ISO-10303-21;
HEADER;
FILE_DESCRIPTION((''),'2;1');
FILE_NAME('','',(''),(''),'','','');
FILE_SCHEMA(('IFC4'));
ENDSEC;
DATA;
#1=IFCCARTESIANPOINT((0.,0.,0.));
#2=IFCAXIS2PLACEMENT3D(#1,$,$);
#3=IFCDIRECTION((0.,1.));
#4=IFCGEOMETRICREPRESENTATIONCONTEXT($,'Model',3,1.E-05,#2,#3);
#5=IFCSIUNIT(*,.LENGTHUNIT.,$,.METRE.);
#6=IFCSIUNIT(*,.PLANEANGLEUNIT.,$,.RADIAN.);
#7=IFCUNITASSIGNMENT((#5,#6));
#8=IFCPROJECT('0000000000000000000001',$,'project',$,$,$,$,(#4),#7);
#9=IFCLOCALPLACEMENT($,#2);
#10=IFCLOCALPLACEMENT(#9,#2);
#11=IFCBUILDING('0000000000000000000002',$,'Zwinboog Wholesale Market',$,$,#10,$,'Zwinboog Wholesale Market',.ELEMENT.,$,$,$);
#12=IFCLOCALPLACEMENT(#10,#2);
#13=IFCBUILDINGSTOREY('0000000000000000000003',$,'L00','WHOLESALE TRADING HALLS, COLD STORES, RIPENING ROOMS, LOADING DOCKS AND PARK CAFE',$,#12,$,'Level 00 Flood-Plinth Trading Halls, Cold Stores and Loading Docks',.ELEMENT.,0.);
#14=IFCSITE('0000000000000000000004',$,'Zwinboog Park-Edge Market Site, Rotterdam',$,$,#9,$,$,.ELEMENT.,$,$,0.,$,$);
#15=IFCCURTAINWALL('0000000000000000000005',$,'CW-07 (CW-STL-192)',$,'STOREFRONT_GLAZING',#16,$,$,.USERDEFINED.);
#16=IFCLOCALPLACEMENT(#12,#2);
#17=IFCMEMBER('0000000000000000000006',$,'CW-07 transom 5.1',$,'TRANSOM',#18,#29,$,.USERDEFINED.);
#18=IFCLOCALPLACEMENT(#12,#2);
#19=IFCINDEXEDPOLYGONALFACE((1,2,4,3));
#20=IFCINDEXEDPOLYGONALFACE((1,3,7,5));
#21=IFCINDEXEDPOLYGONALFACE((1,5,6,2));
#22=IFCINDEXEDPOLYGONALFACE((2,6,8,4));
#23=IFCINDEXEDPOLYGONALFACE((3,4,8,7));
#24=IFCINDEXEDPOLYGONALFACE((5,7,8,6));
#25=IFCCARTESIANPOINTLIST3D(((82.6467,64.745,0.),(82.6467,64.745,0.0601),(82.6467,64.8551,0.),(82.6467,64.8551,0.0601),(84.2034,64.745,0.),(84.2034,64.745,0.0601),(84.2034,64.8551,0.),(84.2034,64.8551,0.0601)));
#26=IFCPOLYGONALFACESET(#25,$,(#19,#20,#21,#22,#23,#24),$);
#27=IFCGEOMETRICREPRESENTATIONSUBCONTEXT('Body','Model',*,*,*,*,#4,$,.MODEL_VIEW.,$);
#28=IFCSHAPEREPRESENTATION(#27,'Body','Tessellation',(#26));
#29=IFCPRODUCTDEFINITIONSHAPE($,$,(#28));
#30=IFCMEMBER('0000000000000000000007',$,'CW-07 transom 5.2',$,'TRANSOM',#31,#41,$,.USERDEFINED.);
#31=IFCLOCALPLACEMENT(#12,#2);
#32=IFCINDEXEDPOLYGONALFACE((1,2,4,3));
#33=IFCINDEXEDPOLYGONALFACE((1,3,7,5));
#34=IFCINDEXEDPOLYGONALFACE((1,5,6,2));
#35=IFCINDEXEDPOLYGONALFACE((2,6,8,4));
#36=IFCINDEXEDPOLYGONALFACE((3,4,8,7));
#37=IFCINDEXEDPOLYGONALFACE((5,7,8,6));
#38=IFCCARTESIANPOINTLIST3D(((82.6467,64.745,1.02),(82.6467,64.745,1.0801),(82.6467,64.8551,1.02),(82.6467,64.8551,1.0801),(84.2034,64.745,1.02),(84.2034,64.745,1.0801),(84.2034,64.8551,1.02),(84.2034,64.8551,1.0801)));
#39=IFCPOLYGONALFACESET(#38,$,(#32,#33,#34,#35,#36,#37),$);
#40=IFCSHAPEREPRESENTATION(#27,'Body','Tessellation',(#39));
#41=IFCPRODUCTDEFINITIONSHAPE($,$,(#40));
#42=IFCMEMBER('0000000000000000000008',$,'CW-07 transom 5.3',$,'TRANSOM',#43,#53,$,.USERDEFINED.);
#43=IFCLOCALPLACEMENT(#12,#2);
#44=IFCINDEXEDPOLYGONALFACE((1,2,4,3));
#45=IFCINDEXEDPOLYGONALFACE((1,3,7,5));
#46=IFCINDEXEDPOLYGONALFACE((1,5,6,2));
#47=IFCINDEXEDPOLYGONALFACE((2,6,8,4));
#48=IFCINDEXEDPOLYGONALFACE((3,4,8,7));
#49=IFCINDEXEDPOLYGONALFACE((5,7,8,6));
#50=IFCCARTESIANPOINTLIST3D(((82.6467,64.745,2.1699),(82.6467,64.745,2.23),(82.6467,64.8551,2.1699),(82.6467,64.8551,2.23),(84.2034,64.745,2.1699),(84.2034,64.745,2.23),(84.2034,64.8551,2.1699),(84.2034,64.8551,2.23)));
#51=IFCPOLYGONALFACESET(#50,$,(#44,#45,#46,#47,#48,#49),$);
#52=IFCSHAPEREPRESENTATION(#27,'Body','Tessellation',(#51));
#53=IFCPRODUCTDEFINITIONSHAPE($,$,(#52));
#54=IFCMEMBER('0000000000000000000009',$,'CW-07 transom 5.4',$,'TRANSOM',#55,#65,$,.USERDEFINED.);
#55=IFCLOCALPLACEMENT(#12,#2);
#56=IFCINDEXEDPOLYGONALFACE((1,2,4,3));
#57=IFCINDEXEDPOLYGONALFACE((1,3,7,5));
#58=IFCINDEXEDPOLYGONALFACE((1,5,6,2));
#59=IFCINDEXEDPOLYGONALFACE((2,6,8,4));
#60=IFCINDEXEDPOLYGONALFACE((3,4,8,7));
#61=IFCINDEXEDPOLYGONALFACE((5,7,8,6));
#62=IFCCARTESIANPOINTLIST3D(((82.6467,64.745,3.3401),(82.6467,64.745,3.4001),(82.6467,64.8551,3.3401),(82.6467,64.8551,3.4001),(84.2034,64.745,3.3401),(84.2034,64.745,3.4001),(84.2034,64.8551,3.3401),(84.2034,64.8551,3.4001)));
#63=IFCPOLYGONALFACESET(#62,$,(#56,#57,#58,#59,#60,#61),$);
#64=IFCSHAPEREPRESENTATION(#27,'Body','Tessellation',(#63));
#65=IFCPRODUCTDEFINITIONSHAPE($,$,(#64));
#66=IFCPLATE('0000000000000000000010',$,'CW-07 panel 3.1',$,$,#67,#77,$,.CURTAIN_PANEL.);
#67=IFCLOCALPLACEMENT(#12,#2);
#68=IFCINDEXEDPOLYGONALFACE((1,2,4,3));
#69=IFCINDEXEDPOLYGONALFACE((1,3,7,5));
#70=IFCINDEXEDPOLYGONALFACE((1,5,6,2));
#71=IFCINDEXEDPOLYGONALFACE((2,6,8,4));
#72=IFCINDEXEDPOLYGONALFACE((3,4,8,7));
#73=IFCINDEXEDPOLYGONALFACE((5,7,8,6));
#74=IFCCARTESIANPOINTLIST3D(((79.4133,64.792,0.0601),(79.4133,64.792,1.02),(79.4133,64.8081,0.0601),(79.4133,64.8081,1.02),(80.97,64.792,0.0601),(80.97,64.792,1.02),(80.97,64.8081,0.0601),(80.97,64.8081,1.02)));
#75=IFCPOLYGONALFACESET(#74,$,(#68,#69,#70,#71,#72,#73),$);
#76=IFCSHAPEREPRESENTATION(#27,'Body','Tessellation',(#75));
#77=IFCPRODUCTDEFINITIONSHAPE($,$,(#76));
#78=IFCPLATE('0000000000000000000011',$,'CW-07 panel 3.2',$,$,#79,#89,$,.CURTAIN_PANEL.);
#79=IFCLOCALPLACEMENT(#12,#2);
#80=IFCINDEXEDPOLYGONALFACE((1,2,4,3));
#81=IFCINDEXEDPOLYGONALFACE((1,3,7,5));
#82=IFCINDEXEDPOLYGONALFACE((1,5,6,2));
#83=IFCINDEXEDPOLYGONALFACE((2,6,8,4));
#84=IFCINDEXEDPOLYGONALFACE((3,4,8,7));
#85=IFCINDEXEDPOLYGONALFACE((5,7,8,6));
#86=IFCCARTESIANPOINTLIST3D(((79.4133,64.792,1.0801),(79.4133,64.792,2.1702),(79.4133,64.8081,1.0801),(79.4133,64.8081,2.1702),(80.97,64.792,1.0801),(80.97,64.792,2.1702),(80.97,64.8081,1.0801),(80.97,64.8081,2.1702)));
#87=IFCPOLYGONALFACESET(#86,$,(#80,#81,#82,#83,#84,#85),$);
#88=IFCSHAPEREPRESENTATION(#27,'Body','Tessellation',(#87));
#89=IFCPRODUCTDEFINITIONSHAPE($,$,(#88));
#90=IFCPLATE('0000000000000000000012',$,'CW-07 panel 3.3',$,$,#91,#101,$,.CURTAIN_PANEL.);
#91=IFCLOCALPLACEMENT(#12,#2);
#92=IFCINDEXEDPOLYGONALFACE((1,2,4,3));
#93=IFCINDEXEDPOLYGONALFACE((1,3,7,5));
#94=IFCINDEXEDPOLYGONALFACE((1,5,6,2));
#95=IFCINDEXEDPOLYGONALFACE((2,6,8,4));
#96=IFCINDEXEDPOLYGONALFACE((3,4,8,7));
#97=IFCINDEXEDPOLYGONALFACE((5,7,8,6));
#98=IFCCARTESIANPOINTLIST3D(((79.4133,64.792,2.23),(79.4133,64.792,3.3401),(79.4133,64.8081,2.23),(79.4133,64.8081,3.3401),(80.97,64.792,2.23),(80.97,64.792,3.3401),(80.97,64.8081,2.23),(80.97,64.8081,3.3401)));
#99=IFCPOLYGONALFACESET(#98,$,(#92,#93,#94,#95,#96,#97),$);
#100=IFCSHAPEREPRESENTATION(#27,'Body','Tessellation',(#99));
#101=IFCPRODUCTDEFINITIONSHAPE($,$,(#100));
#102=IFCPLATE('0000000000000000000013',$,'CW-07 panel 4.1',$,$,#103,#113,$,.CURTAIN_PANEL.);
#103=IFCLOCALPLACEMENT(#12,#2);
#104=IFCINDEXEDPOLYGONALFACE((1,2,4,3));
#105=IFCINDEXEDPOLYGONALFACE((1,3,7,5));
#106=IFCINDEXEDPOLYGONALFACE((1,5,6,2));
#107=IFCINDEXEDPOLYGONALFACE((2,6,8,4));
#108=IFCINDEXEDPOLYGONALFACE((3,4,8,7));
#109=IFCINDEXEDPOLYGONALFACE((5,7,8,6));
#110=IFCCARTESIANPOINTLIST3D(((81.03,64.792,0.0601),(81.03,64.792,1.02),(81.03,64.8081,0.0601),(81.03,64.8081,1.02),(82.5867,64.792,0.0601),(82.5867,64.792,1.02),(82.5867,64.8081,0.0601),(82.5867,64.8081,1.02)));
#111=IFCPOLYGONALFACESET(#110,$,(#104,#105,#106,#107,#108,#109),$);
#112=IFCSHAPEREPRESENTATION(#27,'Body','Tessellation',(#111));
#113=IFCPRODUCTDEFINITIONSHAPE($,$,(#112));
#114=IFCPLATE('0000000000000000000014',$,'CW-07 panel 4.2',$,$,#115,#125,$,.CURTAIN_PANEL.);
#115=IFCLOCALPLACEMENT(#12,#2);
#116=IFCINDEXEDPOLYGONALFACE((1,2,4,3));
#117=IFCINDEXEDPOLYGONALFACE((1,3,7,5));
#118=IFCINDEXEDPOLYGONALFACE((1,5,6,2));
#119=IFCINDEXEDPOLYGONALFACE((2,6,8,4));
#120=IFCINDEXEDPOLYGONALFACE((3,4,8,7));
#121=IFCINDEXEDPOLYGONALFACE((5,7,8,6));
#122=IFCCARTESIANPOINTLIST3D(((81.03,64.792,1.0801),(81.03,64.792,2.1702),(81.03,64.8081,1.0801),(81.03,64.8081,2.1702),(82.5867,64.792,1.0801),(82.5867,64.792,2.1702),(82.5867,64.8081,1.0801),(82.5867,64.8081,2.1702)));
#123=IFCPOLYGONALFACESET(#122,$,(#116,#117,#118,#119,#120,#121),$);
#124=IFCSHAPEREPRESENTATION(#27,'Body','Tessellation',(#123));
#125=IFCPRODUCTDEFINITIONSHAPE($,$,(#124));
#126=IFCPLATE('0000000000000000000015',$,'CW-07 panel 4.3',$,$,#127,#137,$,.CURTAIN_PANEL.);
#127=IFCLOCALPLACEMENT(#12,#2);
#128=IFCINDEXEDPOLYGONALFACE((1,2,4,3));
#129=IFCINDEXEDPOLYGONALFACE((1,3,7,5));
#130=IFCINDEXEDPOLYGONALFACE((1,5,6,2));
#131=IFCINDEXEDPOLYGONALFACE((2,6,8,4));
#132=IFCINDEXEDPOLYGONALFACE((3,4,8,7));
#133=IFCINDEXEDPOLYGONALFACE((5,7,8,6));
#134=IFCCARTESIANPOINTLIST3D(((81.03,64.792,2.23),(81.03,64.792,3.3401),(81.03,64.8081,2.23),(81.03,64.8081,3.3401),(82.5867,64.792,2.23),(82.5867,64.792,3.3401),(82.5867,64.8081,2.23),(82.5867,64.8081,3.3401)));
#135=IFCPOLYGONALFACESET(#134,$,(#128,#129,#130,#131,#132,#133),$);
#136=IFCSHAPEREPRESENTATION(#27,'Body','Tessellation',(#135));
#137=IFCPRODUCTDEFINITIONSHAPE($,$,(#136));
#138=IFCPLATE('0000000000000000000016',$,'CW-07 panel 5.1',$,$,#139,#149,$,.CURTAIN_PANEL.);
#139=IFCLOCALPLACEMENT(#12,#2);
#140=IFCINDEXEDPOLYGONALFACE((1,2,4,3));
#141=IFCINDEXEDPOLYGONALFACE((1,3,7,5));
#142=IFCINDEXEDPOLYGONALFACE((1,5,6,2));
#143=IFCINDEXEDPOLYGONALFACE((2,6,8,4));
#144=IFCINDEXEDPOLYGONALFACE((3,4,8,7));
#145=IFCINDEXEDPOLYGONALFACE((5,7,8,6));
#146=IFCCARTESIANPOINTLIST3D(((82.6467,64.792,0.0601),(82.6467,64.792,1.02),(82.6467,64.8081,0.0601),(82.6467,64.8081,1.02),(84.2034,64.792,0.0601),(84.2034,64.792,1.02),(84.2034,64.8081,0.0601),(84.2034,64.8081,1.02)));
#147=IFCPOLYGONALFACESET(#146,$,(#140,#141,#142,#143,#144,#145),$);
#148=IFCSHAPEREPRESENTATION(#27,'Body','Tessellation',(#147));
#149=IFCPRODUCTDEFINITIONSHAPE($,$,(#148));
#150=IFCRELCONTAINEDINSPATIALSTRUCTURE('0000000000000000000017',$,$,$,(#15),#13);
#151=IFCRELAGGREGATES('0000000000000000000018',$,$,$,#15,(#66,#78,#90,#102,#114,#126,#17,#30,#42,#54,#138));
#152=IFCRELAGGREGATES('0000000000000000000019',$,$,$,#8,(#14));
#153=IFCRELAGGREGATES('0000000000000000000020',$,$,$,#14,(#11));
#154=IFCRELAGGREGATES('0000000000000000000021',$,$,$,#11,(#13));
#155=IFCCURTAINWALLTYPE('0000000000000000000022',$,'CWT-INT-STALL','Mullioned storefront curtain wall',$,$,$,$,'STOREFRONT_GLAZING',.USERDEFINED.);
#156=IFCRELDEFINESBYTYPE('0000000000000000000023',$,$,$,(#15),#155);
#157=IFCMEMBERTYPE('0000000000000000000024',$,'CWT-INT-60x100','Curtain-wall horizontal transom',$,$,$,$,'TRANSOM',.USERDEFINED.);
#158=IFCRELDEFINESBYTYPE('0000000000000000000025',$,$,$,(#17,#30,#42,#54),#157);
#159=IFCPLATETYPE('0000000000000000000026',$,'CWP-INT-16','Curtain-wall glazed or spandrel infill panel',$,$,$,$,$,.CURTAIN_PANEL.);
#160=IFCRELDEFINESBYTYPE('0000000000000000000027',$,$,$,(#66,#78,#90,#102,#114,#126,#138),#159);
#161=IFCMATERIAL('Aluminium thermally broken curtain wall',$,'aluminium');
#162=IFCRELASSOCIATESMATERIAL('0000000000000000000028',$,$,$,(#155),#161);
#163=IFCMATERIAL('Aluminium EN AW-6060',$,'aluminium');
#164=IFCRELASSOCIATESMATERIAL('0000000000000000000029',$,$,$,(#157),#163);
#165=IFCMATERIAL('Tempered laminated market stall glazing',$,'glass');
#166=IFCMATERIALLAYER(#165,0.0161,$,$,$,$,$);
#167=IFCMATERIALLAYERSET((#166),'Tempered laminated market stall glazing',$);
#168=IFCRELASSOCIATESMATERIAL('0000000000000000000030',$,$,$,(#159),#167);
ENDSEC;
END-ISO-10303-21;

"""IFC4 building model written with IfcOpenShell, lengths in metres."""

from ifc_helpers import new_model, si_unit, direction, frame, origin, origin_2d, place, context, subcontext, project, spatial, rectangle, extrude, material, layer, layer_set, material_profile, profile_set, type_object, element, aggregate, save


model = new_model("IFC4")

# Units and contexts
model_context = context("Model", 3, precision=1e-05, world=origin(), true_north=direction((0.0, 1.0)))
body_context = subcontext(model_context, "Body", "Model", "MODEL_VIEW")
ifc_project = project(units=[si_unit("LENGTHUNIT", "METRE"), si_unit("PLANEANGLEUNIT", "RADIAN")], contexts=[model_context])

# Site, building, storey
site_placement = place(None, origin())
site = spatial("IfcSite", under=ifc_project, at=site_placement, Name="Zwinboog Park-Edge Market Site, Rotterdam", CompositionType="ELEMENT", RefElevation=0.0)
building_placement = place(site_placement, origin())
building = spatial("IfcBuilding", under=site, at=building_placement, Name="Zwinboog Wholesale Market", LongName="Zwinboog Wholesale Market", CompositionType="ELEMENT")
storey_placement = place(building_placement, origin())
storey = spatial("IfcBuildingStorey", under=building, at=storey_placement, Name="L00", Description="WHOLESALE TRADING HALLS, COLD STORES, RIPENING ROOMS, LOADING DOCKS AND PARK CAFE", LongName="Level 00 Flood-Plinth Trading Halls, Cold Stores and Loading Docks", CompositionType="ELEMENT", Elevation=0.0)

# Curtain wall, members, plates
ifc_material_1 = material(Name="Aluminium thermally broken curtain wall", Category="aluminium")
curtain_wall_type = type_object("IfcCurtainWallType", Name="CWT-INT-STALL", Description="Mullioned storefront curtain wall", ElementType="STOREFRONT_GLAZING", PredefinedType="USERDEFINED", material=ifc_material_1)
curtain_wall_placement = place(storey_placement, origin())
curtain_wall = element("IfcCurtainWall", 1, at=curtain_wall_placement, inside=storey, type_object=curtain_wall_type, Name="CW-07 (CW-STL-192)", ObjectType="STOREFRONT_GLAZING", PredefinedType="USERDEFINED")
ifc_material_2 = material(Name="Aluminium EN AW-6060", Category="aluminium")
ifc_material_profile_1 = material_profile(ifc_material_2, rectangle(XDim=0.1101, YDim=0.0601, at=origin_2d()), Name="AL 60x110")
ifc_profile_set_1 = profile_set([ifc_material_profile_1], Name="Aluminium EN AW-6060")
member_type_1 = type_object("IfcMemberType", Name="CWT-INT-60x100", Description="Curtain-wall horizontal transom", ElementType="TRANSOM", PredefinedType="USERDEFINED", material=ifc_profile_set_1)
member_1_placement = place(storey_placement, frame((82.6467, 64.8, 0.03), z_axis=(1.0, 0.0, 0.0), x_axis=(0.0, 1.0, 0.0)))
member_1 = element("IfcMember", 2, at=member_1_placement, type_object=member_type_1, Name="CW-07 transom 5.1", ObjectType="TRANSOM", PredefinedType="USERDEFINED", context=body_context, shape_type="SweptSolid", body=[
    extrude(rectangle(XDim=0.1101, YDim=0.0601, at=origin_2d()), origin(), (0.0, 0.0, 1.0), 1.5566),
])
member_2_placement = place(storey_placement, frame((82.6467, 64.8, 1.05), z_axis=(1.0, 0.0, 0.0), x_axis=(0.0, 1.0, 0.0)))
member_2 = element("IfcMember", 3, at=member_2_placement, type_object=member_type_1, Name="CW-07 transom 5.2", ObjectType="TRANSOM", PredefinedType="USERDEFINED", context=body_context, shape_type="SweptSolid", body=[
    extrude(rectangle(XDim=0.1101, YDim=0.0601, at=origin_2d()), origin(), (0.0, 0.0, 1.0), 1.5566),
])
member_3_placement = place(storey_placement, frame((82.6467, 64.8, 2.2), z_axis=(1.0, 0.0, 0.0), x_axis=(0.0, 1.0, 0.0)))
member_3 = element("IfcMember", 4, at=member_3_placement, type_object=member_type_1, Name="CW-07 transom 5.3", ObjectType="TRANSOM", PredefinedType="USERDEFINED", context=body_context, shape_type="SweptSolid", body=[
    extrude(rectangle(XDim=0.1101, YDim=0.0601, at=origin_2d()), origin(), (0.0, 0.0, 1.0), 1.5566),
])
member_4_placement = place(storey_placement, frame((82.6467, 64.8, 3.3701), z_axis=(1.0, 0.0, 0.0), x_axis=(0.0, 1.0, 0.0)))
member_4 = element("IfcMember", 5, at=member_4_placement, type_object=member_type_1, Name="CW-07 transom 5.4", ObjectType="TRANSOM", PredefinedType="USERDEFINED", context=body_context, shape_type="SweptSolid", body=[
    extrude(rectangle(XDim=0.1101, YDim=0.0601, at=origin_2d()), origin(), (0.0, 0.0, 1.0), 1.5566),
])
ifc_material_3 = material(Name="Tempered laminated market stall glazing", Category="glass")
ifc_layer = layer(ifc_material_3, 0.0161)
ifc_layer_set = layer_set([ifc_layer], Name="Tempered laminated market stall glazing")
plate_type = type_object("IfcPlateType", Name="CWP-INT-16", Description="Curtain-wall glazed or spandrel infill panel", PredefinedType="CURTAIN_PANEL", material=ifc_layer_set)
plate_1_placement = place(storey_placement, frame((80.1917, 64.8, 0.0601), z_axis=(0.0, 0.0, 1.0), x_axis=(1.0, 0.0, 0.0)))
plate_1 = element("IfcPlate", 6, at=plate_1_placement, type_object=plate_type, Name="CW-07 panel 3.1", PredefinedType="CURTAIN_PANEL", context=body_context, shape_type="SweptSolid", body=[
    extrude(rectangle(XDim=1.5566, YDim=0.0161, at=origin_2d()), origin(), (0.0, 0.0, 1.0), 0.96),
])
plate_2_placement = place(storey_placement, frame((80.1917, 64.8, 1.0801), z_axis=(0.0, 0.0, 1.0), x_axis=(1.0, 0.0, 0.0)))
plate_2 = element("IfcPlate", 7, at=plate_2_placement, type_object=plate_type, Name="CW-07 panel 3.2", PredefinedType="CURTAIN_PANEL", context=body_context, shape_type="SweptSolid", body=[
    extrude(rectangle(XDim=1.5566, YDim=0.0161, at=origin_2d()), origin(), (0.0, 0.0, 1.0), 1.0901),
])
plate_3_placement = place(storey_placement, frame((80.1917, 64.8, 2.23), z_axis=(0.0, 0.0, 1.0), x_axis=(1.0, 0.0, 0.0)))
plate_3 = element("IfcPlate", 8, at=plate_3_placement, type_object=plate_type, Name="CW-07 panel 3.3", PredefinedType="CURTAIN_PANEL", context=body_context, shape_type="SweptSolid", body=[
    extrude(rectangle(XDim=1.5566, YDim=0.0161, at=origin_2d()), origin(), (0.0, 0.0, 1.0), 1.1101),
])
plate_4_placement = place(storey_placement, frame((81.8083, 64.8, 0.0601), z_axis=(0.0, 0.0, 1.0), x_axis=(1.0, 0.0, 0.0)))
plate_4 = element("IfcPlate", 9, at=plate_4_placement, type_object=plate_type, Name="CW-07 panel 4.1", PredefinedType="CURTAIN_PANEL", context=body_context, shape_type="SweptSolid", body=[
    extrude(rectangle(XDim=1.5566, YDim=0.0161, at=origin_2d()), origin(), (0.0, 0.0, 1.0), 0.96),
])
plate_5_placement = place(storey_placement, frame((81.8083, 64.8, 1.0801), z_axis=(0.0, 0.0, 1.0), x_axis=(1.0, 0.0, 0.0)))
plate_5 = element("IfcPlate", 10, at=plate_5_placement, type_object=plate_type, Name="CW-07 panel 4.2", PredefinedType="CURTAIN_PANEL", context=body_context, shape_type="SweptSolid", body=[
    extrude(rectangle(XDim=1.5566, YDim=0.0161, at=origin_2d()), origin(), (0.0, 0.0, 1.0), 1.0901),
])
plate_6_placement = place(storey_placement, frame((81.8083, 64.8, 2.23), z_axis=(0.0, 0.0, 1.0), x_axis=(1.0, 0.0, 0.0)))
plate_6 = element("IfcPlate", 11, at=plate_6_placement, type_object=plate_type, Name="CW-07 panel 4.3", PredefinedType="CURTAIN_PANEL", context=body_context, shape_type="SweptSolid", body=[
    extrude(rectangle(XDim=1.5566, YDim=0.0161, at=origin_2d()), origin(), (0.0, 0.0, 1.0), 1.1101),
])
plate_7_placement = place(storey_placement, frame((83.425, 64.8, 0.0601), z_axis=(0.0, 0.0, 1.0), x_axis=(1.0, 0.0, 0.0)))
plate_7 = element("IfcPlate", 12, at=plate_7_placement, type_object=plate_type, Name="CW-07 panel 5.1", PredefinedType="CURTAIN_PANEL", context=body_context, shape_type="SweptSolid", body=[
    extrude(rectangle(XDim=1.5566, YDim=0.0161, at=origin_2d()), origin(), (0.0, 0.0, 1.0), 0.96),
])
aggregate(curtain_wall, [plate_1, plate_2, plate_3, plate_4, plate_5, plate_6, member_1, member_2, member_3, member_4, plate_7])

save(model, "model.ifc")
